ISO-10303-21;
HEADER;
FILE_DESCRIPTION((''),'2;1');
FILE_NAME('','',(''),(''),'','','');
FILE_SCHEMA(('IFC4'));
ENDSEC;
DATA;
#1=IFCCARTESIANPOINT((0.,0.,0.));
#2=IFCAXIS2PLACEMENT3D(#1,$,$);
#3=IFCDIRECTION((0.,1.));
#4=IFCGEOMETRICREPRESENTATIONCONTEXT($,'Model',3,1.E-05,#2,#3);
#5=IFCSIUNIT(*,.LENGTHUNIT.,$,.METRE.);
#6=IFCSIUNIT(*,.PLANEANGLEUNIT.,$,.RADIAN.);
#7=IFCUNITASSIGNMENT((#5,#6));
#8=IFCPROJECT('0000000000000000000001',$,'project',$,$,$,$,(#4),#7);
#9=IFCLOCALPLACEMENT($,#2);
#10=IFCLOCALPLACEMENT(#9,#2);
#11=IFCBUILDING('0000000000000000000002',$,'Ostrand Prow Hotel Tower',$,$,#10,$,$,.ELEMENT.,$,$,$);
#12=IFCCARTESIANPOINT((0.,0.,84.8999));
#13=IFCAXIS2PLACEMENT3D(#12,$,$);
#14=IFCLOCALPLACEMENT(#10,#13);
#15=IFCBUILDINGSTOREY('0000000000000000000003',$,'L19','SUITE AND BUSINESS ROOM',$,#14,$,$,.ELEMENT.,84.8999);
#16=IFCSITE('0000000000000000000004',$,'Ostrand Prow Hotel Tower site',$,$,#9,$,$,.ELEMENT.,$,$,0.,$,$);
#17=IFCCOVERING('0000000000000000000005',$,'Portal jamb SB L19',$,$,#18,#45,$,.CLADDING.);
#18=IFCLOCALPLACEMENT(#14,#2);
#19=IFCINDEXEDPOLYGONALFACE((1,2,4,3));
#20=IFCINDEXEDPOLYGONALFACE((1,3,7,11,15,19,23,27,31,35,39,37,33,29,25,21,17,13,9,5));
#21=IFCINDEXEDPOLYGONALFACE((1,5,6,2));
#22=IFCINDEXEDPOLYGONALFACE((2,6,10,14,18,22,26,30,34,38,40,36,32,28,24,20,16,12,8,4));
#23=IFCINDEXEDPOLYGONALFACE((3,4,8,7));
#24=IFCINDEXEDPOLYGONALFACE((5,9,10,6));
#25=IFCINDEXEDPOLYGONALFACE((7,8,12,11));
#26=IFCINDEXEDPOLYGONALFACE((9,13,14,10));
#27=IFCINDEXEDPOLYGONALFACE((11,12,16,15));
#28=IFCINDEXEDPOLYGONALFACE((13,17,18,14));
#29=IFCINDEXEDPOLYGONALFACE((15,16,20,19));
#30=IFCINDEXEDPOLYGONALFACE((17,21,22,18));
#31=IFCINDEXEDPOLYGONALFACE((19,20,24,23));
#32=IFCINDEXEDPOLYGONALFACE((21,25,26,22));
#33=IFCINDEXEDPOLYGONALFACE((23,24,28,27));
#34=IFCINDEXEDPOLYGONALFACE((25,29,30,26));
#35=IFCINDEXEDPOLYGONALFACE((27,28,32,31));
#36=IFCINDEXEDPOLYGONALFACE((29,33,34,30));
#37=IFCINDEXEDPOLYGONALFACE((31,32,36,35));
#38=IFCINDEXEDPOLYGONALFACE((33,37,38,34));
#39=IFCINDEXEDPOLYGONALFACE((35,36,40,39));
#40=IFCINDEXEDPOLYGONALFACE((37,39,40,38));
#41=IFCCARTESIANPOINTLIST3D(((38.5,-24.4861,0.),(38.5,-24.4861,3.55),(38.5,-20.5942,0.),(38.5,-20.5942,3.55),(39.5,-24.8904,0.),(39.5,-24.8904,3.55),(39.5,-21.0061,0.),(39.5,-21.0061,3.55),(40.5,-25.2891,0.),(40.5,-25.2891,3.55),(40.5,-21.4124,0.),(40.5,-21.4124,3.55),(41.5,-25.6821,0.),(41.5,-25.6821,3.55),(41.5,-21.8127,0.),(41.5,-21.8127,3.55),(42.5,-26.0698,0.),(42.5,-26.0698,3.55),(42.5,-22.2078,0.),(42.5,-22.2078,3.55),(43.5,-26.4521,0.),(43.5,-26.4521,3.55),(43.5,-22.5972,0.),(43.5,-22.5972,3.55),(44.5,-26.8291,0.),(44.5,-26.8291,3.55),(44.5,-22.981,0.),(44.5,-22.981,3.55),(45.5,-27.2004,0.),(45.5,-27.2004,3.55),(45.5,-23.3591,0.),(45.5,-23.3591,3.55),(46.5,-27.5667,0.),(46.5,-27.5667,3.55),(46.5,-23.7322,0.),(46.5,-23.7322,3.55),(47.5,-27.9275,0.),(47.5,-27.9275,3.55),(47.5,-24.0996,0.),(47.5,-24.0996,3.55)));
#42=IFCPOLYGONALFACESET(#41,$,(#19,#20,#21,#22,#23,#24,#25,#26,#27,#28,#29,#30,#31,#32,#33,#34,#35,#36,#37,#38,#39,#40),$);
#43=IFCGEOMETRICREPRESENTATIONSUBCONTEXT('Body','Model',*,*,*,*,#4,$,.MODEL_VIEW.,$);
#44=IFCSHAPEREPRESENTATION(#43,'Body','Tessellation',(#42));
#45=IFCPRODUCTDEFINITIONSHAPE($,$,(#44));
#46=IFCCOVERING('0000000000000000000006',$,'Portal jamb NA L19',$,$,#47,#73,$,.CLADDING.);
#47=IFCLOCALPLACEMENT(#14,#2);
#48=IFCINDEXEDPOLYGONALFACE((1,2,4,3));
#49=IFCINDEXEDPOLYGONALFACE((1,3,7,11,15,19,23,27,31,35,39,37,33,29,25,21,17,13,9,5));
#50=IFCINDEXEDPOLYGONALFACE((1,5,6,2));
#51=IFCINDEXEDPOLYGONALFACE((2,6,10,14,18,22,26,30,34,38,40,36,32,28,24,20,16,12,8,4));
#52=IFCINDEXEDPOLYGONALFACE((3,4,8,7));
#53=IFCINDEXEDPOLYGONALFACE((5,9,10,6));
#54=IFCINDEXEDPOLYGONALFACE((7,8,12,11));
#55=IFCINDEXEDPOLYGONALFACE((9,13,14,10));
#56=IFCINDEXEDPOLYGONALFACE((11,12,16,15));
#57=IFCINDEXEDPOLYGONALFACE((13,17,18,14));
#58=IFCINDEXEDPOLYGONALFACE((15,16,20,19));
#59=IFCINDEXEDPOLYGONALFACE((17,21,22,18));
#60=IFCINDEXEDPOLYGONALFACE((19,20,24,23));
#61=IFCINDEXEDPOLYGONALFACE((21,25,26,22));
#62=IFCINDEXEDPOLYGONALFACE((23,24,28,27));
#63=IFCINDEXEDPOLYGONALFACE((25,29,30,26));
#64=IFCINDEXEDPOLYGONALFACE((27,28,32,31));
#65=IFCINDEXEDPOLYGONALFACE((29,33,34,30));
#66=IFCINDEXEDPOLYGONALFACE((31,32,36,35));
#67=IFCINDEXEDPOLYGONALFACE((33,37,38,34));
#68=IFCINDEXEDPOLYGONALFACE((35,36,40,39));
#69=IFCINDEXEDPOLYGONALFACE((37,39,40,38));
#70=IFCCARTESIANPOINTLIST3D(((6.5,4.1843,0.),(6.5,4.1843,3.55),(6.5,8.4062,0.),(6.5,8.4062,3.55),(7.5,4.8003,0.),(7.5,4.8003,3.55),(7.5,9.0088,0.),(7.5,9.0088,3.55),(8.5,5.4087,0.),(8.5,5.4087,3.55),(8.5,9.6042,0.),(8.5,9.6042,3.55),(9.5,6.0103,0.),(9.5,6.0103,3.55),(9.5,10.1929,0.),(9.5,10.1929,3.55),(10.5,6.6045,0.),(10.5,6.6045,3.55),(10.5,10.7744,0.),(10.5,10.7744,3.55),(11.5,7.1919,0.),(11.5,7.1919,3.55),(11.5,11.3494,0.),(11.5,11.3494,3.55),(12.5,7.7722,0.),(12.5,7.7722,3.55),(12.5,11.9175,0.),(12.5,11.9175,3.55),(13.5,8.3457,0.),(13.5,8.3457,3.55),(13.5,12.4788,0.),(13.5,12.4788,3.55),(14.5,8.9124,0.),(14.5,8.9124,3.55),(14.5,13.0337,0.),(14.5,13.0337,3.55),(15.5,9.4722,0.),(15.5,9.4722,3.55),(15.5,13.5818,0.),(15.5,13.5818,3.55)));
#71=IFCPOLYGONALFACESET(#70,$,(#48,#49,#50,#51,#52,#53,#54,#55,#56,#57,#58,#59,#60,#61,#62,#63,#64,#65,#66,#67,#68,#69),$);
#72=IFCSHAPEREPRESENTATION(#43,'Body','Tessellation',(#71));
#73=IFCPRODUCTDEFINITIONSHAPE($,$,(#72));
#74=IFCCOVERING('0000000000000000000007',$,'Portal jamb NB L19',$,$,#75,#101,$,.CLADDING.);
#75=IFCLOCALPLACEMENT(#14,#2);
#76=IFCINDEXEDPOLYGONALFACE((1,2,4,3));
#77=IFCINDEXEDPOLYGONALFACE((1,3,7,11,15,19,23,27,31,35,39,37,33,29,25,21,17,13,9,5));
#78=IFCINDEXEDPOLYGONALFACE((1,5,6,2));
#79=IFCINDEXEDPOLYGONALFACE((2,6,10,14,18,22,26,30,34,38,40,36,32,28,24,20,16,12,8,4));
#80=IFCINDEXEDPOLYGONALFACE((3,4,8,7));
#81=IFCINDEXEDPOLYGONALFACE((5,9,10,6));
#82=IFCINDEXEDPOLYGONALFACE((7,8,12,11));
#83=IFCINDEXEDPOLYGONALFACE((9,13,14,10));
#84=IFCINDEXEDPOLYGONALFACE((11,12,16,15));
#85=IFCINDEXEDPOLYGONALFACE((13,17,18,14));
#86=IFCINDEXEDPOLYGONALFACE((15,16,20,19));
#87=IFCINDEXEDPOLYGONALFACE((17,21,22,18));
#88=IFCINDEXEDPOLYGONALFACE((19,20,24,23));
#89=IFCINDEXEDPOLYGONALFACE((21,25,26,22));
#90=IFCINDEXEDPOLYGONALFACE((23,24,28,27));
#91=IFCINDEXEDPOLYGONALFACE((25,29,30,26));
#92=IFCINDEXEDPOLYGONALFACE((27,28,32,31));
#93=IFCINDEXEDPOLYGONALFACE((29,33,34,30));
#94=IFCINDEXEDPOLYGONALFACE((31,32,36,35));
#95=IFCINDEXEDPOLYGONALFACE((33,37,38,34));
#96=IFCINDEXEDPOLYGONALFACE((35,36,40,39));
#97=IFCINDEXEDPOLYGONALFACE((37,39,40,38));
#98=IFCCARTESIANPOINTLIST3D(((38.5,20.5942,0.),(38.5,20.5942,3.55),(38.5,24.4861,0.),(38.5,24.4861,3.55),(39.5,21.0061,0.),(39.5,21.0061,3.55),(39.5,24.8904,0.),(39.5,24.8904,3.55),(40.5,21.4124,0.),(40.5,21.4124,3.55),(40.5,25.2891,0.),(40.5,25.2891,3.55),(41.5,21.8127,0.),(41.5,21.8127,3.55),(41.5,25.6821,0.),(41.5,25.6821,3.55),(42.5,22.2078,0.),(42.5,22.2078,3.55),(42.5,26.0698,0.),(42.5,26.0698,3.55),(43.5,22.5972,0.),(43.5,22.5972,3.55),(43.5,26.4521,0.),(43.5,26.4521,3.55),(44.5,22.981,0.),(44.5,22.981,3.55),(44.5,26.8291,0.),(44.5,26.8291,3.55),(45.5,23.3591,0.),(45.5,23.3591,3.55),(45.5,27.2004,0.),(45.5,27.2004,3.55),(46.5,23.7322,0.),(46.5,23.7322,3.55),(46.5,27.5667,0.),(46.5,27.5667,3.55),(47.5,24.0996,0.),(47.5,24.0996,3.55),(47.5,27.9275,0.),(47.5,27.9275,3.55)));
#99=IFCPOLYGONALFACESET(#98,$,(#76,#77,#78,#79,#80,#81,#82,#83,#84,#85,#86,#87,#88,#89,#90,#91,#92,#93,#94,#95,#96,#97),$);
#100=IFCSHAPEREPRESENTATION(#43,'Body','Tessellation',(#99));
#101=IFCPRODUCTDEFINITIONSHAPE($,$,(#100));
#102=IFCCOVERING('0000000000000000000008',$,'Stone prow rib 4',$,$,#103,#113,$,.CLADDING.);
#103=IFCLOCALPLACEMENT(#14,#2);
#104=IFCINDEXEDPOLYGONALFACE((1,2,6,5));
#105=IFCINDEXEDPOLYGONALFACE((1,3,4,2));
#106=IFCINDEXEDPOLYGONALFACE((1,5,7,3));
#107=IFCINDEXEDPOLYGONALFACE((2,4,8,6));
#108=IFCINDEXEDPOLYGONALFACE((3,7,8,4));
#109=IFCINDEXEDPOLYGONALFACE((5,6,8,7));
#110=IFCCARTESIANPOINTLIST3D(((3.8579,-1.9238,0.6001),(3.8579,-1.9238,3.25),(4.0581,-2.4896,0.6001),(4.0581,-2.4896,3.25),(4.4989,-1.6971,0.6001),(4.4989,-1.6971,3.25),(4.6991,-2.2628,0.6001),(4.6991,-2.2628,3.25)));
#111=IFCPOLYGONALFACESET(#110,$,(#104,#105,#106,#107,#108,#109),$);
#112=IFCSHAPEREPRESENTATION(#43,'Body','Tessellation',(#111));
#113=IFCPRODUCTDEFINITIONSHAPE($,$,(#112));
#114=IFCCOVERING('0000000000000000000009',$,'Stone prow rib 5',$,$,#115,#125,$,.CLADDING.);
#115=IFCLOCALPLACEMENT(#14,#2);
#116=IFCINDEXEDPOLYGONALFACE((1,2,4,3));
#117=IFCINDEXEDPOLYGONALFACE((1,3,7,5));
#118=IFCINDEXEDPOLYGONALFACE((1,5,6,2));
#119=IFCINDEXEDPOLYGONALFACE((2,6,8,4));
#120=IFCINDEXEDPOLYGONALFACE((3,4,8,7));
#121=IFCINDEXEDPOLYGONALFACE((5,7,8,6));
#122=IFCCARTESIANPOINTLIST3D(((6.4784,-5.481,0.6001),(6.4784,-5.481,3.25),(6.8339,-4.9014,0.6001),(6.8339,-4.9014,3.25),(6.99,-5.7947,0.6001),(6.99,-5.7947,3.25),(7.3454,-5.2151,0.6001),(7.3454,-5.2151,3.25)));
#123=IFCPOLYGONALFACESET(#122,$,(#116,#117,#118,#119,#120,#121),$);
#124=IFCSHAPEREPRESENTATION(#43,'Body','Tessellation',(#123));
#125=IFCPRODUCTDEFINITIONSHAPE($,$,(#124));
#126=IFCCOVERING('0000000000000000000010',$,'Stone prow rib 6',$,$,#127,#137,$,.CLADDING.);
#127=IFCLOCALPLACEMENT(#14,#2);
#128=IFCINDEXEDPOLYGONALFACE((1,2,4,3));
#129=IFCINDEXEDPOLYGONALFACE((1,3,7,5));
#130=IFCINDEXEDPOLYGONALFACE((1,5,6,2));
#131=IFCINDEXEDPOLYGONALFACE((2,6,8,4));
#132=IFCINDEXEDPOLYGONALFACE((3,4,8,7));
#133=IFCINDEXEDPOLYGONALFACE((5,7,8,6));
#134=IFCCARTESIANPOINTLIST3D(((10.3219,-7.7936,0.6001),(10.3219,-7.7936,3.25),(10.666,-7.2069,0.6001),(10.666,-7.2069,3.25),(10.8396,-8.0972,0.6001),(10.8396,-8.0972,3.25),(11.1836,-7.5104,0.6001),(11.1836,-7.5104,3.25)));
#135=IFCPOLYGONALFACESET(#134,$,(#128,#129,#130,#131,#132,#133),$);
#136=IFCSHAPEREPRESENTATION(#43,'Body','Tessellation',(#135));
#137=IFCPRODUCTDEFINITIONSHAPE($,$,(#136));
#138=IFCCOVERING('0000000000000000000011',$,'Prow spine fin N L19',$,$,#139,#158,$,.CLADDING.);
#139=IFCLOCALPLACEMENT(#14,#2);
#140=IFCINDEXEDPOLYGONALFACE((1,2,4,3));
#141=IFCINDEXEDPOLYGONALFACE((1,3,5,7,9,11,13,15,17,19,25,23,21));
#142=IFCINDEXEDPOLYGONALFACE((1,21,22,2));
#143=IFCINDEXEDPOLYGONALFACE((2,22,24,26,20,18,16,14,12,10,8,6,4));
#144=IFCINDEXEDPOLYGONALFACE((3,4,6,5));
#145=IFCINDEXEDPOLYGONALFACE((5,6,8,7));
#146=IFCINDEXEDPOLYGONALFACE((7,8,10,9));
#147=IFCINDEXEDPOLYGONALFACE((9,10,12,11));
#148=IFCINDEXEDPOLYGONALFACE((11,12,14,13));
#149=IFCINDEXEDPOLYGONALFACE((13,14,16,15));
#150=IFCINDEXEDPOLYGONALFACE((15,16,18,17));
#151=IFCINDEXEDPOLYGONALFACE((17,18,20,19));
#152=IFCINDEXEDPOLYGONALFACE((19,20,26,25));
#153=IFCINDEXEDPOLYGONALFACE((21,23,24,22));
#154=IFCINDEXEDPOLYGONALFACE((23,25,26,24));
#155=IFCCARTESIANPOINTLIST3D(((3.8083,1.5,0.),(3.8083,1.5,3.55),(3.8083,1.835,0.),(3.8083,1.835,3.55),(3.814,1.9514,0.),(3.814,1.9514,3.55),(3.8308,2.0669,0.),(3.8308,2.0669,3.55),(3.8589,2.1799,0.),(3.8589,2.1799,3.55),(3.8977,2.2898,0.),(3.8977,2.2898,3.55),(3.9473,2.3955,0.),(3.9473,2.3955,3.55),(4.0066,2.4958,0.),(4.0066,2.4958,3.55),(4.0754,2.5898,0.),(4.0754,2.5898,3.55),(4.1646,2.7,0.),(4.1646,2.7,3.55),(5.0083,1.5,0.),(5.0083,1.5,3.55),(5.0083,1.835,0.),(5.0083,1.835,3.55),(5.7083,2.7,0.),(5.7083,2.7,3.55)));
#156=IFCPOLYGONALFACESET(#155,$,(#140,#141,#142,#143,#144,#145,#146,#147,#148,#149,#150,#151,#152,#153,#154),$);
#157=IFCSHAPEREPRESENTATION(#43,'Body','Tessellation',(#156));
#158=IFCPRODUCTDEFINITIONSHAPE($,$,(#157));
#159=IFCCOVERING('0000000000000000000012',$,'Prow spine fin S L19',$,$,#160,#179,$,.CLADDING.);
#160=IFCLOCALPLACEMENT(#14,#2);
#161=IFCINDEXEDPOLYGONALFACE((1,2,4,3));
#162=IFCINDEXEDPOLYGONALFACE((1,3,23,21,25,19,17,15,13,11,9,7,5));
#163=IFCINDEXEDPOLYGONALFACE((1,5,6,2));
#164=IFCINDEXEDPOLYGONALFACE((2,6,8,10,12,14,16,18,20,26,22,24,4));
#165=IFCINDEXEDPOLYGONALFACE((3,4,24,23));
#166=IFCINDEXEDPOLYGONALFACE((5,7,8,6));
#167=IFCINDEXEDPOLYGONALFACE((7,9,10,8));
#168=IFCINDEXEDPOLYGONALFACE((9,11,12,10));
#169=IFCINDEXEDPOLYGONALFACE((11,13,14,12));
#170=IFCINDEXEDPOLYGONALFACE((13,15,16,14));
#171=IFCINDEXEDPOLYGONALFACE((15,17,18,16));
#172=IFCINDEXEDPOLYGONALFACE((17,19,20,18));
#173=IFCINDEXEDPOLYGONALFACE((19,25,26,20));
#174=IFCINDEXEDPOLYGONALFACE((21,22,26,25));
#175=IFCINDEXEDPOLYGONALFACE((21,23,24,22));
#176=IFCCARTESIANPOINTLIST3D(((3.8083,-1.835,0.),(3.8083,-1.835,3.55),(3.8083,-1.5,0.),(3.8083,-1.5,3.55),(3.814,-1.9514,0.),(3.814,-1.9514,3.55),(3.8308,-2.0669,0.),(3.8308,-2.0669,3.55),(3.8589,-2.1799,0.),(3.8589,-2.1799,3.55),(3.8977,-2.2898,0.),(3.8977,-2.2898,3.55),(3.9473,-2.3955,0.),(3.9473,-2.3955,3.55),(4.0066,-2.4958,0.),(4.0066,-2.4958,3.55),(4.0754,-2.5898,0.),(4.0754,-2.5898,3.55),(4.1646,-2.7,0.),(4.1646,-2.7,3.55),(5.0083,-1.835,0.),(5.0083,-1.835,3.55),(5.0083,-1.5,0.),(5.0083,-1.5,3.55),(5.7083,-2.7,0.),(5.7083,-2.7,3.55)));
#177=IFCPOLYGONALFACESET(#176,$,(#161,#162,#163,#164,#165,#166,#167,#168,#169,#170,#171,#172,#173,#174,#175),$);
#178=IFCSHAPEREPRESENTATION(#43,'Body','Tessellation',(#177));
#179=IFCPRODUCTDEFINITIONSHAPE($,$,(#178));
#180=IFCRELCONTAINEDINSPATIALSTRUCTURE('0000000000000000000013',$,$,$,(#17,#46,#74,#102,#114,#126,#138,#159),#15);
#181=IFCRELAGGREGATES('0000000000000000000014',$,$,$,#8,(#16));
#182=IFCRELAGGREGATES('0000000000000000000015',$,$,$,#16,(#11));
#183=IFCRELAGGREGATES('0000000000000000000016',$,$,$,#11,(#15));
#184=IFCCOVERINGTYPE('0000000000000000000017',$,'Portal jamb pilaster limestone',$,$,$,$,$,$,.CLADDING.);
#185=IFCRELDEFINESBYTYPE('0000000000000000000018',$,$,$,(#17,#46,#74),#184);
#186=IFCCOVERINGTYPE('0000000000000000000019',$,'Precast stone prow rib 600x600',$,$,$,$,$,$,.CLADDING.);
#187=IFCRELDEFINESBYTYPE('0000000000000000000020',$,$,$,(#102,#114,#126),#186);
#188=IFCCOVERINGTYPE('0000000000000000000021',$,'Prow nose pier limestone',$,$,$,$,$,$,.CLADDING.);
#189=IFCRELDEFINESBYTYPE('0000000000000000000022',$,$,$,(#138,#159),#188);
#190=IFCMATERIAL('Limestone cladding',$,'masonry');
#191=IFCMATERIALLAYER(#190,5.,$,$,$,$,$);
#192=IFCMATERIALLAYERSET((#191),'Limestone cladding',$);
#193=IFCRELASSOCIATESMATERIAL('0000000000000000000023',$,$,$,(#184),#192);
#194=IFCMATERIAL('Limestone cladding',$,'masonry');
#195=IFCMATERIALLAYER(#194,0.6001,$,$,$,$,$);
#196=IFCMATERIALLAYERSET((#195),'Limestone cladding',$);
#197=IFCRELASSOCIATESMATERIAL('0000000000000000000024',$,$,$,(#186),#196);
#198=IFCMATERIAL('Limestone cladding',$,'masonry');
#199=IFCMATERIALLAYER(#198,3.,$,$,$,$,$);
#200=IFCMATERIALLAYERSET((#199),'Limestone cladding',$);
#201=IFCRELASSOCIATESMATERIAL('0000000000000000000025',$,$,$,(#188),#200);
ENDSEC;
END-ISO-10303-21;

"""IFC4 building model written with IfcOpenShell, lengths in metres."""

from ifc_helpers import new_model, si_unit, direction, frame, frame_2d, origin, place, context, subcontext, project, spatial, polyline, rectangle, outline, extrude, material, layer, layer_set, type_object, element, save


model = new_model("IFC4")

# Units and contexts
model_context = context("Model", 3, precision=1e-05, world=origin(), true_north=direction((0.0, 1.0)))
body_context = subcontext(model_context, "Body", "Model", "MODEL_VIEW")
ifc_project = project(units=[si_unit("LENGTHUNIT", "METRE"), si_unit("PLANEANGLEUNIT", "RADIAN")], contexts=[model_context])

# Site, building, storey
site_placement = place(None, origin())
site = spatial("IfcSite", under=ifc_project, at=site_placement, Name="Ostrand Prow Hotel Tower site", CompositionType="ELEMENT", RefElevation=0.0)
building_placement = place(site_placement, origin())
building = spatial("IfcBuilding", under=site, at=building_placement, Name="Ostrand Prow Hotel Tower", CompositionType="ELEMENT")
storey_placement = place(building_placement, frame((0.0, 0.0, 84.8999)))
storey = spatial("IfcBuildingStorey", under=building, at=storey_placement, Name="L19", Description="SUITE AND BUSINESS ROOM", CompositionType="ELEMENT", Elevation=84.8999)

# Coverings
ifc_material_1 = material(Name="Limestone cladding", Category="masonry")
ifc_layer_1 = layer(ifc_material_1, 5.0)
ifc_layer_set_1 = layer_set([ifc_layer_1], Name="Limestone cladding")
covering_type_1 = type_object("IfcCoveringType", Name="Portal jamb pilaster limestone", PredefinedType="CLADDING", material=ifc_layer_set_1)
covering_1_placement = place(storey_placement, origin())
element("IfcCovering", 1, at=covering_1_placement, inside=storey, type_object=covering_type_1, Name="Portal jamb SB L19", PredefinedType="CLADDING", context=body_context, shape_type="SweptSolid", body=[
    extrude(outline(polyline([(38.5, -20.5942), (38.5, -24.4861), (39.5, -24.8904), (40.5, -25.2891), (41.5, -25.6821), (42.5, -26.0698), (43.5, -26.4521), (44.5, -26.8291), (45.5, -27.2004), (46.5, -27.5667), (47.5, -27.9275), (47.5, -24.0996), (46.5, -23.7322), (45.5, -23.3591), (44.5, -22.981), (43.5, -22.5972), (42.5, -22.2078), (41.5, -21.8127), (40.5, -21.4124), (39.5, -21.0061), (38.5, -20.5942)])), origin(), (0.0, 0.0, 1.0), 3.55),
])
covering_2_placement = place(storey_placement, origin())
element("IfcCovering", 2, at=covering_2_placement, inside=storey, type_object=covering_type_1, Name="Portal jamb NA L19", PredefinedType="CLADDING", context=body_context, shape_type="SweptSolid", body=[
    extrude(outline(polyline([(6.5, 4.1843), (7.5, 4.8003), (8.5, 5.4087), (9.5, 6.0103), (10.5, 6.6045), (11.5, 7.1919), (12.5, 7.7722), (13.5, 8.3457), (14.5, 8.9124), (15.5, 9.4722), (15.5, 13.5818), (14.5, 13.0337), (13.5, 12.4788), (12.5, 11.9175), (11.5, 11.3494), (10.5, 10.7744), (9.5, 10.1929), (8.5, 9.6042), (7.5, 9.0088), (6.5, 8.4062), (6.5, 4.1843)])), origin(), (0.0, 0.0, 1.0), 3.55),
])
covering_3_placement = place(storey_placement, origin())
element("IfcCovering", 3, at=covering_3_placement, inside=storey, type_object=covering_type_1, Name="Portal jamb NB L19", PredefinedType="CLADDING", context=body_context, shape_type="SweptSolid", body=[
    extrude(outline(polyline([(38.5, 20.5942), (39.5, 21.0061), (40.5, 21.4124), (41.5, 21.8127), (42.5, 22.2078), (43.5, 22.5972), (44.5, 22.981), (45.5, 23.3591), (46.5, 23.7322), (47.5, 24.0996), (47.5, 27.9275), (46.5, 27.5667), (45.5, 27.2004), (44.5, 26.8291), (43.5, 26.4521), (42.5, 26.0698), (41.5, 25.6821), (40.5, 25.2891), (39.5, 24.8904), (38.5, 24.4861), (38.5, 20.5942)])), origin(), (0.0, 0.0, 1.0), 3.55),
])
ifc_material_2 = material(Name="Limestone cladding", Category="masonry")
ifc_layer_2 = layer(ifc_material_2, 0.6001)
ifc_layer_set_2 = layer_set([ifc_layer_2], Name="Limestone cladding")
covering_type_2 = type_object("IfcCoveringType", Name="Precast stone prow rib 600x600", PredefinedType="CLADDING", material=ifc_layer_set_2)
for number, where, z_axis, x_axis, name in (
    (4, (4.5989, -1.98, 0.6001), (0.0, 0.0, 1.0), (-0.942745, -0.333515, 0.0), "Stone prow rib 4"),
    (5, (7.0896, -5.0583, 0.6001), (0.0, 0.0, 1.0), (-0.522815, -0.852446, 0.0), "Stone prow rib 5"),
):
    element("IfcCovering", number, at=place(storey_placement, frame(where, z_axis=z_axis, x_axis=x_axis)), inside=storey, type_object=covering_type_2, Name=name, PredefinedType="CLADDING", context=body_context, shape_type="SweptSolid", body=[
        extrude(rectangle(XDim=0.6799, YDim=0.6001, at=frame_2d((0.3398, 0.0))), origin(), (0.0, 0.0, 1.0), 2.6499),
    ])
covering_4_placement = place(storey_placement, frame((10.9248, -7.3586, 0.6001), z_axis=(0.0, 0.0, 1.0), x_axis=(-0.505812, -0.862644, 0.0)))
element("IfcCovering", 6, at=covering_4_placement, inside=storey, type_object=covering_type_2, Name="Stone prow rib 6", PredefinedType="CLADDING", context=body_context, shape_type="SweptSolid", body=[
    extrude(rectangle(XDim=0.6802, YDim=0.6001, at=frame_2d((0.3401, 0.0))), origin(), (0.0, 0.0, 1.0), 2.6499),
])
ifc_material_3 = material(Name="Limestone cladding", Category="masonry")
ifc_layer_3 = layer(ifc_material_3, 3.0)
ifc_layer_set_3 = layer_set([ifc_layer_3], Name="Limestone cladding")
covering_type_3 = type_object("IfcCoveringType", Name="Prow nose pier limestone", PredefinedType="CLADDING", material=ifc_layer_set_3)
covering_5_placement = place(storey_placement, origin())
element("IfcCovering", 7, at=covering_5_placement, inside=storey, type_object=covering_type_3, Name="Prow spine fin N L19", PredefinedType="CLADDING", context=body_context, shape_type="SweptSolid", body=[
    extrude(outline(polyline([(3.8083, 1.835), (3.8083, 1.5), (5.0083, 1.5), (5.0083, 1.835), (5.7083, 2.7), (4.1646, 2.7), (4.0754, 2.5898), (4.0066, 2.4958), (3.9473, 2.3955), (3.8977, 2.2898), (3.8589, 2.1799), (3.8308, 2.0669), (3.814, 1.9514), (3.8083, 1.835)])), origin(), (0.0, 0.0, 1.0), 3.55),
])
covering_6_placement = place(storey_placement, origin())
element("IfcCovering", 8, at=covering_6_placement, inside=storey, type_object=covering_type_3, Name="Prow spine fin S L19", PredefinedType="CLADDING", context=body_context, shape_type="SweptSolid", body=[
    extrude(outline(polyline([(4.0754, -2.5898), (4.1646, -2.7), (5.7083, -2.7), (5.0083, -1.835), (5.0083, -1.5), (3.8083, -1.5), (3.8083, -1.835), (3.814, -1.9514), (3.8308, -2.0669), (3.8589, -2.1799), (3.8977, -2.2898), (3.9473, -2.3955), (4.0066, -2.4958), (4.0754, -2.5898)])), origin(), (0.0, 0.0, 1.0), 3.55),
])

save(model, "model.ifc")
